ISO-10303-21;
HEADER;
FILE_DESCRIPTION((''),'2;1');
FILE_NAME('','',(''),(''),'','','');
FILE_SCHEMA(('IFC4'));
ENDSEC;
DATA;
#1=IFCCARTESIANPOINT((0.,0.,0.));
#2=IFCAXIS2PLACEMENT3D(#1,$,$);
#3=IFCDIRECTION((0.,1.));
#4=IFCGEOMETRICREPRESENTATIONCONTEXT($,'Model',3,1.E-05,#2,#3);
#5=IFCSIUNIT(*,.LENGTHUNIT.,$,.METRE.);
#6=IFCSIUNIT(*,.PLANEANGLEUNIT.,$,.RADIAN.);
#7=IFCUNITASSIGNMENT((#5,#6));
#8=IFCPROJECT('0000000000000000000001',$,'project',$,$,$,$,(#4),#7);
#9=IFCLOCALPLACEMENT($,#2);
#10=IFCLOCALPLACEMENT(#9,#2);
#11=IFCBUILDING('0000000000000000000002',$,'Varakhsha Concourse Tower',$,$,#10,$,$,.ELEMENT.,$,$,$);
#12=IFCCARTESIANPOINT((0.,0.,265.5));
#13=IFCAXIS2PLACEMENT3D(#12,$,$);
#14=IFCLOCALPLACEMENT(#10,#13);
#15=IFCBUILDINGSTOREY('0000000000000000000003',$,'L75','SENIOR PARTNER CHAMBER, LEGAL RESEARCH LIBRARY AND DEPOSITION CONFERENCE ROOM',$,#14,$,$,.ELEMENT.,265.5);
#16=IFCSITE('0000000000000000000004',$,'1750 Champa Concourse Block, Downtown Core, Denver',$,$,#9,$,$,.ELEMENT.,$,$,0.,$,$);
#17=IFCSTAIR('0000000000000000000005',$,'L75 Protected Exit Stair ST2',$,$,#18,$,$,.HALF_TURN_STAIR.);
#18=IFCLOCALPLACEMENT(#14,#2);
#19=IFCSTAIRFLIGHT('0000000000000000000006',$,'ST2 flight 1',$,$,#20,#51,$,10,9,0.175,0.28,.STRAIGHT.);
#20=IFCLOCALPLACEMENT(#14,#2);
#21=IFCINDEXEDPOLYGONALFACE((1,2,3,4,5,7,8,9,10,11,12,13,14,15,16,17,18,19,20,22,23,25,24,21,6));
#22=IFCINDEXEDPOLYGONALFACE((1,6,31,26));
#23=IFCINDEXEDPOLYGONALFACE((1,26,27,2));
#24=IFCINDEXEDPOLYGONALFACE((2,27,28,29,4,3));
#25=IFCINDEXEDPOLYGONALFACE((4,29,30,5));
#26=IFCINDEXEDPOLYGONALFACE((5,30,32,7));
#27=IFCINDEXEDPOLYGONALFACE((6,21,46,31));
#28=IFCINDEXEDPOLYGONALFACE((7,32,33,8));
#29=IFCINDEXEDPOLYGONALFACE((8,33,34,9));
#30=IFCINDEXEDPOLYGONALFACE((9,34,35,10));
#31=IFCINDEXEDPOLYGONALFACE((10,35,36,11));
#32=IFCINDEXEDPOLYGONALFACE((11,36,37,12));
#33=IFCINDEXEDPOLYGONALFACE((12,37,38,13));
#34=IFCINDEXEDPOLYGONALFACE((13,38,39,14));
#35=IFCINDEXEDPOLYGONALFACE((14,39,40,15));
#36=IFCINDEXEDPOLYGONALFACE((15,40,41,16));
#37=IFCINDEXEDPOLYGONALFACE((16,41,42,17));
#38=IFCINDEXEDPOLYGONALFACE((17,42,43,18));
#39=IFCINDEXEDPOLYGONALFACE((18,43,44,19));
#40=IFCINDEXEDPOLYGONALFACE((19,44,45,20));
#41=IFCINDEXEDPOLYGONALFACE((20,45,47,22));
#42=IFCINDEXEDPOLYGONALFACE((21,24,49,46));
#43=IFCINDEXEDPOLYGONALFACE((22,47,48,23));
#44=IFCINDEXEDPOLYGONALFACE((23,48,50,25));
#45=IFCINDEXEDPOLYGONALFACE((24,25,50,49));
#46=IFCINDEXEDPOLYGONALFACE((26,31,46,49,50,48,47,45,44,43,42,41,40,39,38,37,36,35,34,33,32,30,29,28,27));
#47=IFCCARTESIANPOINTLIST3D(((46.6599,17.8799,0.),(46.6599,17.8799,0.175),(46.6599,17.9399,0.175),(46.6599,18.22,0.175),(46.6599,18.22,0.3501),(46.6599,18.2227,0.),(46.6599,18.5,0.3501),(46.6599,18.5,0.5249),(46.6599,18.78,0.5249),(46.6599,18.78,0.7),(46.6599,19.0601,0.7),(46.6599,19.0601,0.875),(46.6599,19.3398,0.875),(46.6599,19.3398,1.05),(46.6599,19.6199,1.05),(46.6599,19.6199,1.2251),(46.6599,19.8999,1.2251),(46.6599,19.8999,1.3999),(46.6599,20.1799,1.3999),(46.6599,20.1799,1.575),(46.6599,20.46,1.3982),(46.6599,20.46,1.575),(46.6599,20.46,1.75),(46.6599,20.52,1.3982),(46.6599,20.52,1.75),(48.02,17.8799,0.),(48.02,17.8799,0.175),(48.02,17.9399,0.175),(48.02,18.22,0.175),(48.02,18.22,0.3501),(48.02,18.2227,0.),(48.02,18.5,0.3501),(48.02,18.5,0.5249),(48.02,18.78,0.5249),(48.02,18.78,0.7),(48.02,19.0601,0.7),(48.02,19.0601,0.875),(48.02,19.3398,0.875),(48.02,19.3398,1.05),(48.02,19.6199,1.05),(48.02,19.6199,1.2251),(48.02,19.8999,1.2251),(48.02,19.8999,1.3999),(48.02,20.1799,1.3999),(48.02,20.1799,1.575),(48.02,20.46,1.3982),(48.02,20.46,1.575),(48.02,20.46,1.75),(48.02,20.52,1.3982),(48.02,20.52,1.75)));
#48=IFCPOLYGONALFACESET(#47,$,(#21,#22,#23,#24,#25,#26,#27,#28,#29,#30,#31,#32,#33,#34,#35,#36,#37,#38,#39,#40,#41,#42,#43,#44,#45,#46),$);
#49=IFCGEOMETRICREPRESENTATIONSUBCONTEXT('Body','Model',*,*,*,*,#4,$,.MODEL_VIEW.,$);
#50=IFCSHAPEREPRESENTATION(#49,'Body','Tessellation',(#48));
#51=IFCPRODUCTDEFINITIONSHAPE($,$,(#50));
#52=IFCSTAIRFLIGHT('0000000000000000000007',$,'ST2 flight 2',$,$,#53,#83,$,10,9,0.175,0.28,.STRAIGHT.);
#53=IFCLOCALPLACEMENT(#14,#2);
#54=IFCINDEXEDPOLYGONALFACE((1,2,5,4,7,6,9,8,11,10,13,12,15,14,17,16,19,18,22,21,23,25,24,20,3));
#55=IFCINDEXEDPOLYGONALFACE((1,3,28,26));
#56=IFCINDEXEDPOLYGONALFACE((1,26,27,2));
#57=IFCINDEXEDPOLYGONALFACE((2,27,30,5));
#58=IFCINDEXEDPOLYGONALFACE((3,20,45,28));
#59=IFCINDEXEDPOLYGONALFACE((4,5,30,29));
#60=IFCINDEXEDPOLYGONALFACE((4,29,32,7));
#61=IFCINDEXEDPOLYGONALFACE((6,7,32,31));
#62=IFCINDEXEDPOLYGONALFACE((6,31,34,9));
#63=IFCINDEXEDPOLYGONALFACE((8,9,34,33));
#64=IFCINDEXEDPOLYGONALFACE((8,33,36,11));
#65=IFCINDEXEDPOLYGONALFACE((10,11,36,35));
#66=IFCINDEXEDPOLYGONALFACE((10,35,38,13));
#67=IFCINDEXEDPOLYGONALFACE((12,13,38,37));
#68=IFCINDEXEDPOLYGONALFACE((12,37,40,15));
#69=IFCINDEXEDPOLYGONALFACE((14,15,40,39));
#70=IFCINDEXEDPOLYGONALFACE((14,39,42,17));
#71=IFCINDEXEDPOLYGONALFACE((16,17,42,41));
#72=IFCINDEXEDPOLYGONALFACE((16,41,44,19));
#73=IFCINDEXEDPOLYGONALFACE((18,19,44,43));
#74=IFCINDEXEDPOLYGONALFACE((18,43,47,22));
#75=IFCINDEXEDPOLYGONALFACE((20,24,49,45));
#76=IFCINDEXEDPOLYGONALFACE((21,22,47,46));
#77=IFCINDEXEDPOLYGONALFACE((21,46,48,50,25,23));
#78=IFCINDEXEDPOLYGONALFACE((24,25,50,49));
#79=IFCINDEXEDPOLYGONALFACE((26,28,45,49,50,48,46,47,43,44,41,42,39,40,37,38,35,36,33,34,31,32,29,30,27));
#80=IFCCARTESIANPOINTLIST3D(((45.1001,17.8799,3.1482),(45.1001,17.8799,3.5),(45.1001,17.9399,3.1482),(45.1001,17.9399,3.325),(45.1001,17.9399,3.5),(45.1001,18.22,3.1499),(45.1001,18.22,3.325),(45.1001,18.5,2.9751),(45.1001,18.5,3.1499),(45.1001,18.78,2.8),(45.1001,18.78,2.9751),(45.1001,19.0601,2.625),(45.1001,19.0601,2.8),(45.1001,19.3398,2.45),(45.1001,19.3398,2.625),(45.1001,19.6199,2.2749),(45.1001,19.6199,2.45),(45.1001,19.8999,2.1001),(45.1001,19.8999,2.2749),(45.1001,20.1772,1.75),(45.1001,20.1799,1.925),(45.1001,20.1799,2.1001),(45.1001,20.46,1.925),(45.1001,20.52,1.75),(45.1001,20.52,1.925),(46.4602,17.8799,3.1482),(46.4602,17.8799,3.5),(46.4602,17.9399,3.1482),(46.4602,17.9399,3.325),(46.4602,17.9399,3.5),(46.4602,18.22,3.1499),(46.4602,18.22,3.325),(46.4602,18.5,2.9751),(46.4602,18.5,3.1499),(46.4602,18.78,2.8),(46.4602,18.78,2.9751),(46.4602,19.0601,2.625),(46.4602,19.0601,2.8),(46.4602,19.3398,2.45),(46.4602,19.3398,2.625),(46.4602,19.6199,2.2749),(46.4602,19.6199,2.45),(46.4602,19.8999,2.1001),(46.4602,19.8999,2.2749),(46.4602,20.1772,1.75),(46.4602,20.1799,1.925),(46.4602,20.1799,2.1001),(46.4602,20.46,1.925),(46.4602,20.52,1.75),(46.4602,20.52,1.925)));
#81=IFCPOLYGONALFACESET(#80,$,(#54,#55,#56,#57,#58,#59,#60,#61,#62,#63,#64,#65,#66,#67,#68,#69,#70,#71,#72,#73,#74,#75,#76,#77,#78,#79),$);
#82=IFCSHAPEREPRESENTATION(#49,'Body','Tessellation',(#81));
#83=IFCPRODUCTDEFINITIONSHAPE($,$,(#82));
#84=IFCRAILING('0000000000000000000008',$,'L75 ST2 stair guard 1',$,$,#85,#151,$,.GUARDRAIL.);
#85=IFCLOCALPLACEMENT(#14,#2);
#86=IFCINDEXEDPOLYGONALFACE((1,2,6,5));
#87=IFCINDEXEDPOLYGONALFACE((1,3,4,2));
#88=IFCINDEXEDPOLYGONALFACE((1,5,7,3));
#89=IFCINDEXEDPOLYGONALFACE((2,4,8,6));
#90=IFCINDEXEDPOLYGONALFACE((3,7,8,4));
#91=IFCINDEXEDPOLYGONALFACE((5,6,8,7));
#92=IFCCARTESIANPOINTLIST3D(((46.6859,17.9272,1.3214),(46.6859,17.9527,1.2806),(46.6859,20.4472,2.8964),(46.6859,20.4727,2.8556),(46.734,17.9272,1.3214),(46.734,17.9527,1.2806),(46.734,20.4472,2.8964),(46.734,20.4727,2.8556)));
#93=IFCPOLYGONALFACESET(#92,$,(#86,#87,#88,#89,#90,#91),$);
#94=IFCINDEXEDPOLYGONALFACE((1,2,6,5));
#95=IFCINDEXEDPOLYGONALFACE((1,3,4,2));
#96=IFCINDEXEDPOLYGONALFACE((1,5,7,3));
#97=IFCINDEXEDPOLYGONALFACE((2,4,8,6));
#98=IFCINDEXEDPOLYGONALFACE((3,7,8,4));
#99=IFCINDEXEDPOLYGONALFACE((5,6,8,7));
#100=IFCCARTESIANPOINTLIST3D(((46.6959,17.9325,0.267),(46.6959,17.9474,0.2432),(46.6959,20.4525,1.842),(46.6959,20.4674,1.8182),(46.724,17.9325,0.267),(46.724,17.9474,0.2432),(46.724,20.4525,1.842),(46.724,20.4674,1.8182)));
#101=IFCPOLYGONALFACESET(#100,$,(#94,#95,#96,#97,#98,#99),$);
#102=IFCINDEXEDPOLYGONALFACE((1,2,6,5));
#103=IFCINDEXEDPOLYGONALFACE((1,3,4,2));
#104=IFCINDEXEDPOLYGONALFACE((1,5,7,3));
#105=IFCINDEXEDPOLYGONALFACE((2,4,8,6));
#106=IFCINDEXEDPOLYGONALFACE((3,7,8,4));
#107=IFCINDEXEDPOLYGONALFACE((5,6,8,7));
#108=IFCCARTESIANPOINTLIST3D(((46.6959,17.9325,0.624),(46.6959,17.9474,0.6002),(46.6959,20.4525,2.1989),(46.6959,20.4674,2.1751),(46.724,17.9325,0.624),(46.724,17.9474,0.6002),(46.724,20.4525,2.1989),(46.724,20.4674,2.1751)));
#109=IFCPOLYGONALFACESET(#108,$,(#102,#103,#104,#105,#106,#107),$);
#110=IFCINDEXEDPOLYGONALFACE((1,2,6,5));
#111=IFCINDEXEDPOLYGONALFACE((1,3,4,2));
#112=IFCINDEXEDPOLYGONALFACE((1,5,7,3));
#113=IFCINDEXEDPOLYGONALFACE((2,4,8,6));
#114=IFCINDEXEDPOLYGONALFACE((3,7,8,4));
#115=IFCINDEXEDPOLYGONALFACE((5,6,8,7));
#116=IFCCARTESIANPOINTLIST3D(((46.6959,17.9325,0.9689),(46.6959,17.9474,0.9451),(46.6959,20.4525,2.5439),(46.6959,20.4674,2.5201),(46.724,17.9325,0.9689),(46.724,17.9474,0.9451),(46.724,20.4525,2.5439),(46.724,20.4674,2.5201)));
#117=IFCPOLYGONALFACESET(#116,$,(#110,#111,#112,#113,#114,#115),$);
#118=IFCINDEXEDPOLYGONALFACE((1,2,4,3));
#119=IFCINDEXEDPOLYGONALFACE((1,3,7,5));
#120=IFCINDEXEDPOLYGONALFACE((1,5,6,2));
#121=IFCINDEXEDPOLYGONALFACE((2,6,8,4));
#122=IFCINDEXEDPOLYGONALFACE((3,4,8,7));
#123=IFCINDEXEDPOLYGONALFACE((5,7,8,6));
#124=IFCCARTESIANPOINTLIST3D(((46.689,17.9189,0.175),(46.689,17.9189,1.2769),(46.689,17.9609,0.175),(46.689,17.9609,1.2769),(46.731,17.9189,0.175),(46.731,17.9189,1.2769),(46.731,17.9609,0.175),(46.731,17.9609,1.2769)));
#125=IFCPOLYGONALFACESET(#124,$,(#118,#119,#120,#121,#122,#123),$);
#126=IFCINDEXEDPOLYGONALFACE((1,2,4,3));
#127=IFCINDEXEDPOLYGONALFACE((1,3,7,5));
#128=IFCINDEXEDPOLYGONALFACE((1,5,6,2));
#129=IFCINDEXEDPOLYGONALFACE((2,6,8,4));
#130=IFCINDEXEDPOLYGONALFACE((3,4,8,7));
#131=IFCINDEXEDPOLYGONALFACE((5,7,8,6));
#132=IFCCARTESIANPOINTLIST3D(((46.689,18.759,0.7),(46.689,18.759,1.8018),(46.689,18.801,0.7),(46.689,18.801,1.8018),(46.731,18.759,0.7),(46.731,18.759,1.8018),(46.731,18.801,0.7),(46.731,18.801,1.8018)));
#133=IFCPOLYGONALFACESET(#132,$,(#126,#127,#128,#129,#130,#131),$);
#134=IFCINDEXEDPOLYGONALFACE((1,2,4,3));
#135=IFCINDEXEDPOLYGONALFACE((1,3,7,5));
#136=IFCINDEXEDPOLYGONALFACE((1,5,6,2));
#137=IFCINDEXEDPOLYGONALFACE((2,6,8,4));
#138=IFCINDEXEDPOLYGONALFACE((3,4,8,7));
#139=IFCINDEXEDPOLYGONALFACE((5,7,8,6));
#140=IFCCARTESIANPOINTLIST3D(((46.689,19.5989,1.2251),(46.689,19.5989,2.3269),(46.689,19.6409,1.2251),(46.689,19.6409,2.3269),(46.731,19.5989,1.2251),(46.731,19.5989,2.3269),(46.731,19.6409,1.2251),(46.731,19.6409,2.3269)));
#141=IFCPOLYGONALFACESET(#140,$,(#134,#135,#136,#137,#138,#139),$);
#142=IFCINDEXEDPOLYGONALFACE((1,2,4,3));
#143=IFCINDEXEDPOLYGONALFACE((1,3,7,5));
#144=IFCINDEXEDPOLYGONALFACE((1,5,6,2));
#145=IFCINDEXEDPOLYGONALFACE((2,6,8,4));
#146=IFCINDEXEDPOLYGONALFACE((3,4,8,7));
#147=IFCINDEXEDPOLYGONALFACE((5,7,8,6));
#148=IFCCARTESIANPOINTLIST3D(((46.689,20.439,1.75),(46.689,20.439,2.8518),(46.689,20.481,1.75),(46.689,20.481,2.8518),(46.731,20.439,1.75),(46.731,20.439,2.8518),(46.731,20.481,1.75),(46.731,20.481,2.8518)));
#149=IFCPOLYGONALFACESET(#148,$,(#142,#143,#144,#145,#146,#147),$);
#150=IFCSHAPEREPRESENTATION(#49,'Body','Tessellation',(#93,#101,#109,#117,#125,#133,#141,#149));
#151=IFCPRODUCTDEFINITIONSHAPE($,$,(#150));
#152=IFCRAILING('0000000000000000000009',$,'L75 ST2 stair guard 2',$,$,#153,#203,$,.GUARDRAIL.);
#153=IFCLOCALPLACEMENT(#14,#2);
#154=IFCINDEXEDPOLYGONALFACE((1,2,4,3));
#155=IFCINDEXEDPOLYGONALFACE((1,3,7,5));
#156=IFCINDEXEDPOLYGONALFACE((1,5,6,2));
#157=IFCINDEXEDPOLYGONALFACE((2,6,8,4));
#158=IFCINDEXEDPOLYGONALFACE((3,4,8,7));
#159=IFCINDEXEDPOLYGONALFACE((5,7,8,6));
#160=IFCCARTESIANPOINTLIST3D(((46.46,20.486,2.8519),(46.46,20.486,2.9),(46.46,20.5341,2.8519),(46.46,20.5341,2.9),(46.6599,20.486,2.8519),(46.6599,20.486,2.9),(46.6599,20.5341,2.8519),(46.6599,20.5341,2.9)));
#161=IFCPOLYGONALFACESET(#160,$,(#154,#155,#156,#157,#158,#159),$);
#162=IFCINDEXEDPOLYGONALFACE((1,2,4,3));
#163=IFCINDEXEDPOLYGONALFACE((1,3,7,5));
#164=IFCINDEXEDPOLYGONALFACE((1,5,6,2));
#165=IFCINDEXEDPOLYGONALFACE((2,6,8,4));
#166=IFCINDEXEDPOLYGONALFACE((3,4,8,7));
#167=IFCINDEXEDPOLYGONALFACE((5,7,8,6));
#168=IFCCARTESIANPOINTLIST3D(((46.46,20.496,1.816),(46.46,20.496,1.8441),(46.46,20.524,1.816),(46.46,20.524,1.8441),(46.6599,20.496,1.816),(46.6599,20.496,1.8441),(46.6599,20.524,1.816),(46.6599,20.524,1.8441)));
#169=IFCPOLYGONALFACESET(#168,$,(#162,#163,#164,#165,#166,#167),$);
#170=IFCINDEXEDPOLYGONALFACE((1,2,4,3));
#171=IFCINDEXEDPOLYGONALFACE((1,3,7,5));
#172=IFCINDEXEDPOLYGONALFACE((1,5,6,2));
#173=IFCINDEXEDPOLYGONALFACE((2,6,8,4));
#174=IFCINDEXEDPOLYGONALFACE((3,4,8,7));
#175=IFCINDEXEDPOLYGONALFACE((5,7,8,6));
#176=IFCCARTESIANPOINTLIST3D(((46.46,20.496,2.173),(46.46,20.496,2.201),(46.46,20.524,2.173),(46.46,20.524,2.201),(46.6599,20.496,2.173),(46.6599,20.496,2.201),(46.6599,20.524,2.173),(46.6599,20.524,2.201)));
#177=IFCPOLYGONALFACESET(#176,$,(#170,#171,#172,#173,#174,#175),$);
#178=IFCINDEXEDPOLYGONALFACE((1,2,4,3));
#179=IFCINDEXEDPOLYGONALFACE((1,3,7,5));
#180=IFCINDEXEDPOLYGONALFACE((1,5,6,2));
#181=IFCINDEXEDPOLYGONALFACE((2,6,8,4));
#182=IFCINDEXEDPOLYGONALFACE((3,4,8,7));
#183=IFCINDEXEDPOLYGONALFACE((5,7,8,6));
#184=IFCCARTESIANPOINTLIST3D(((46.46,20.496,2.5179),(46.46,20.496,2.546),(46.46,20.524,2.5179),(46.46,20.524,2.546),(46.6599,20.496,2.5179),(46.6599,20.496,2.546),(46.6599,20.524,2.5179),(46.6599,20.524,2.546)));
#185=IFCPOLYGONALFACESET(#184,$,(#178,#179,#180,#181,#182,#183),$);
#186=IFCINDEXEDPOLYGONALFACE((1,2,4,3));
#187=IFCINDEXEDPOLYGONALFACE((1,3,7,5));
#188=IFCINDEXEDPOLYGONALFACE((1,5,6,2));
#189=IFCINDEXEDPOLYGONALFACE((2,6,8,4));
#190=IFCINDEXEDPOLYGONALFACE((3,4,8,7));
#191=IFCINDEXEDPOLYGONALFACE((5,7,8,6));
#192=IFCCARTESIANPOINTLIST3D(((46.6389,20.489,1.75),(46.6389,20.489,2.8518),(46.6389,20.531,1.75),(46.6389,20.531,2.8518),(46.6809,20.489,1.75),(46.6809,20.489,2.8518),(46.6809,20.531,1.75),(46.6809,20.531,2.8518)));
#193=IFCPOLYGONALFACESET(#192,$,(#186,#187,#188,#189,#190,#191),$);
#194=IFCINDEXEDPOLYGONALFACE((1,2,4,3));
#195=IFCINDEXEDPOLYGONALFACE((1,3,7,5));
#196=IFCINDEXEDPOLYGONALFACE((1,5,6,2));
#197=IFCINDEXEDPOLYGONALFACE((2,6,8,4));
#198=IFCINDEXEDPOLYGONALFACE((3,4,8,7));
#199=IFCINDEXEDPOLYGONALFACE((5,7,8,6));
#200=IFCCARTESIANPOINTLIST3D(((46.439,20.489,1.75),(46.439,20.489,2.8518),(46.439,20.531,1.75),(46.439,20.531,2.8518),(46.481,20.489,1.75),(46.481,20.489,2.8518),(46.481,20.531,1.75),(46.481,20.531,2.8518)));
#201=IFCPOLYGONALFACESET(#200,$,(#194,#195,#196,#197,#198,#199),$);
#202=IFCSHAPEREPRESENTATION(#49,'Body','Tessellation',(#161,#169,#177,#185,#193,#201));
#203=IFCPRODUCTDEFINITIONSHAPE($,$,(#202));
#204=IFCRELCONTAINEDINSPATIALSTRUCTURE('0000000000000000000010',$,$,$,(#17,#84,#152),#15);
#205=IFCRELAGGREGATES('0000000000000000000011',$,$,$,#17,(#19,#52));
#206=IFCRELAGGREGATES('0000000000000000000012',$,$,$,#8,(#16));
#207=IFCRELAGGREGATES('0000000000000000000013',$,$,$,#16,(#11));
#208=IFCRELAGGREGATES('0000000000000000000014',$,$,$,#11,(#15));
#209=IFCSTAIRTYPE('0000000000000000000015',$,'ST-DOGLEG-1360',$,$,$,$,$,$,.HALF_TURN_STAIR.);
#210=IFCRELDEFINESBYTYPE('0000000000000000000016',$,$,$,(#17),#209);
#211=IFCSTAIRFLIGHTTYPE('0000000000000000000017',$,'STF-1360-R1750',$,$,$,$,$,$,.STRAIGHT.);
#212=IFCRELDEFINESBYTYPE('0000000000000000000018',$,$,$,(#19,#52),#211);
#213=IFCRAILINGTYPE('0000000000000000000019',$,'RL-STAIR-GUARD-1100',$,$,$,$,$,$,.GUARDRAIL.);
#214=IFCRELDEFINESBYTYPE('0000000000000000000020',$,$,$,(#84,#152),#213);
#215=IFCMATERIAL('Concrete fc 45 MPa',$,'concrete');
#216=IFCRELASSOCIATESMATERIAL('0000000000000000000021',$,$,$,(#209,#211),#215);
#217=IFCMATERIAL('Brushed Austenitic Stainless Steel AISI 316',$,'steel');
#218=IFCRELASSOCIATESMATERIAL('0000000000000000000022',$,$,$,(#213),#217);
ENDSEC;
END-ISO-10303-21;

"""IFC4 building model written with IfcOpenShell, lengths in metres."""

from ifc_helpers import new_model, si_unit, direction, frame, origin, origin_2d, place, context, subcontext, project, spatial, polyline, rectangle, outline, extrude, material, type_object, element, aggregate, save


model = new_model("IFC4")

# Units and contexts
model_context = context("Model", 3, precision=1e-05, world=origin(), true_north=direction((0.0, 1.0)))
body_context = subcontext(model_context, "Body", "Model", "MODEL_VIEW")
ifc_project = project(units=[si_unit("LENGTHUNIT", "METRE"), si_unit("PLANEANGLEUNIT", "RADIAN")], contexts=[model_context])

# Site, building, storey
site_placement = place(None, origin())
site = spatial("IfcSite", under=ifc_project, at=site_placement, Name="1750 Champa Concourse Block, Downtown Core, Denver", CompositionType="ELEMENT", RefElevation=0.0)
building_placement = place(site_placement, origin())
building = spatial("IfcBuilding", under=site, at=building_placement, Name="Varakhsha Concourse Tower", CompositionType="ELEMENT")
storey_placement = place(building_placement, frame((0.0, 0.0, 265.5)))
storey = spatial("IfcBuildingStorey", under=building, at=storey_placement, Name="L75", Description="SENIOR PARTNER CHAMBER, LEGAL RESEARCH LIBRARY AND DEPOSITION CONFERENCE ROOM", CompositionType="ELEMENT", Elevation=265.5)

# Shared definitions
ifc_material_1 = material(Name="Concrete fc 45 MPa", Category="concrete")

# Stair, stair flights
stair_type = type_object("IfcStairType", Name="ST-DOGLEG-1360", PredefinedType="HALF_TURN_STAIR", material=ifc_material_1)
stair_placement = place(storey_placement, origin())
stair = element("IfcStair", 1, at=stair_placement, inside=storey, type_object=stair_type, Name="L75 Protected Exit Stair ST2", PredefinedType="HALF_TURN_STAIR")
stair_flight_type = type_object("IfcStairFlightType", Name="STF-1360-R1750", PredefinedType="STRAIGHT", material=ifc_material_1)
stair_flight_1_placement = place(storey_placement, frame((47.3401, 17.9399, 0.0), z_axis=(0.0, 0.0, 1.0), x_axis=(0.0, 1.0, 0.0)))
stair_flight_1 = element("IfcStairFlight", 2, at=stair_flight_1_placement, type_object=stair_flight_type, Name="ST2 flight 1", NumberOfRisers=10, NumberOfTreads=9, PredefinedType="STRAIGHT", RiserHeight=0.175, TreadLength=0.28, context=body_context, shape_type="SweptSolid", body=[
    extrude(outline(polyline([(-0.0601, 0.0), (-0.0601, 0.175), (0.0, 0.175), (0.28, 0.175), (0.28, 0.3501), (0.5601, 0.3501), (0.5601, 0.5249), (0.8401, 0.5249), (0.8401, 0.7), (1.1201, 0.7), (1.1201, 0.875), (1.3999, 0.875), (1.3999, 1.05), (1.6799, 1.05), (1.6799, 1.2251), (1.96, 1.2251), (1.96, 1.3999), (2.24, 1.3999), (2.24, 1.575), (2.52, 1.575), (2.52, 1.75), (2.5801, 1.75), (2.5801, 1.3982), (2.52, 1.3982), (0.2827, 0.0), (-0.0601, 0.0)])), frame((0.0, 0.6802, 0.0), z_axis=(0.0, -1.0, 0.0), x_axis=(1.0, 0.0, 0.0)), (0.0, 0.0, 1.0), 1.3601),
])
stair_flight_2_placement = place(storey_placement, frame((45.78, 20.46, 1.75), z_axis=(0.0, 0.0, 1.0), x_axis=(0.0, -1.0, 0.0)))
stair_flight_2 = element("IfcStairFlight", 3, at=stair_flight_2_placement, type_object=stair_flight_type, Name="ST2 flight 2", NumberOfRisers=10, NumberOfTreads=9, PredefinedType="STRAIGHT", RiserHeight=0.175, TreadLength=0.28, context=body_context, shape_type="SweptSolid", body=[
    extrude(outline(polyline([(-0.0601, 0.0), (-0.0601, 0.175), (0.0, 0.175), (0.28, 0.175), (0.28, 0.3501), (0.5601, 0.3501), (0.5601, 0.5249), (0.8401, 0.5249), (0.8401, 0.7), (1.1201, 0.7), (1.1201, 0.875), (1.3999, 0.875), (1.3999, 1.05), (1.6799, 1.05), (1.6799, 1.2251), (1.96, 1.2251), (1.96, 1.3999), (2.24, 1.3999), (2.24, 1.575), (2.52, 1.575), (2.52, 1.75), (2.5801, 1.75), (2.5801, 1.3982), (2.52, 1.3982), (0.2827, 0.0), (-0.0601, 0.0)])), frame((0.0, 0.6802, 0.0), z_axis=(0.0, -1.0, 0.0), x_axis=(1.0, 0.0, 0.0)), (0.0, 0.0, 1.0), 1.3601),
])
aggregate(stair, [stair_flight_1, stair_flight_2])

# Railings
ifc_material_2 = material(Name="Brushed Austenitic Stainless Steel AISI 316", Category="steel")
railing_type_1 = type_object("IfcRailingType", Name="RL-STAIR-GUARD-1100", PredefinedType="GUARDRAIL", material=ifc_material_2)
railing_1_placement = place(storey_placement, frame((46.71, 17.9399, 0.175)))
element("IfcRailing", 4, at=railing_1_placement, inside=storey, type_object=railing_type_1, Name="L75 ST2 stair guard 1", PredefinedType="GUARDRAIL", context=body_context, shape_type="SweptSolid", body=[
    extrude(rectangle(XDim=0.0481, YDim=0.0481, at=origin_2d()), frame((0.0, 0.0, 1.126), z_axis=(0.0, 0.848008, 0.529984), x_axis=(-1.0, 0.0, 0.0)), (0.0, 0.0, 1.0), 2.9717),
    extrude(rectangle(XDim=0.0281, YDim=0.0281, at=origin_2d()), frame((0.0, 0.0, 0.0801), z_axis=(0.0, 0.848008, 0.529984), x_axis=(-1.0, 0.0, 0.0)), (0.0, 0.0, 1.0), 2.9717),
    extrude(rectangle(XDim=0.0281, YDim=0.0281, at=origin_2d()), frame((0.0, 0.0, 0.437), z_axis=(0.0, 0.848008, 0.529984), x_axis=(-1.0, 0.0, 0.0)), (0.0, 0.0, 1.0), 2.9717),
    extrude(rectangle(XDim=0.0281, YDim=0.0281, at=origin_2d()), frame((0.0, 0.0, 0.782), z_axis=(0.0, 0.848008, 0.529984), x_axis=(-1.0, 0.0, 0.0)), (0.0, 0.0, 1.0), 2.9717),
    extrude(rectangle(XDim=0.042, YDim=0.042, at=origin_2d()), origin(), (0.0, 0.0, 1.0), 1.1018),
    extrude(rectangle(XDim=0.042, YDim=0.042, at=origin_2d()), frame((0.0, 0.8401, 0.5249)), (0.0, 0.0, 1.0), 1.1018),
    extrude(rectangle(XDim=0.042, YDim=0.042, at=origin_2d()), frame((0.0, 1.6799, 1.05)), (0.0, 0.0, 1.0), 1.1018),
    extrude(rectangle(XDim=0.042, YDim=0.042, at=origin_2d()), frame((0.0, 2.52, 1.575)), (0.0, 0.0, 1.0), 1.1018),
])
railing_2_placement = place(storey_placement, frame((46.6599, 20.51, 1.75)))
element("IfcRailing", 5, at=railing_2_placement, inside=storey, type_object=railing_type_1, Name="L75 ST2 stair guard 2", PredefinedType="GUARDRAIL", context=body_context, shape_type="SweptSolid", body=[
    extrude(rectangle(XDim=0.0481, YDim=0.0481, at=origin_2d()), frame((0.0, 0.0, 1.126), z_axis=(-1.0, 0.0, 0.0), x_axis=(0.0, -1.0, 0.0)), (0.0, 0.0, 1.0), 0.2),
    extrude(rectangle(XDim=0.0281, YDim=0.0281, at=origin_2d()), frame((0.0, 0.0, 0.0801), z_axis=(-1.0, 0.0, 0.0), x_axis=(0.0, -1.0, 0.0)), (0.0, 0.0, 1.0), 0.2),
    extrude(rectangle(XDim=0.0281, YDim=0.0281, at=origin_2d()), frame((0.0, 0.0, 0.437), z_axis=(-1.0, 0.0, 0.0), x_axis=(0.0, -1.0, 0.0)), (0.0, 0.0, 1.0), 0.2),
    extrude(rectangle(XDim=0.0281, YDim=0.0281, at=origin_2d()), frame((0.0, 0.0, 0.782), z_axis=(-1.0, 0.0, 0.0), x_axis=(0.0, -1.0, 0.0)), (0.0, 0.0, 1.0), 0.2),
    extrude(rectangle(XDim=0.042, YDim=0.042, at=origin_2d()), origin(), (0.0, 0.0, 1.0), 1.1018),
    extrude(rectangle(XDim=0.042, YDim=0.042, at=origin_2d()), frame((-0.2, 0.0, 0.0)), (0.0, 0.0, 1.0), 1.1018),
])

save(model, "model.ifc")
